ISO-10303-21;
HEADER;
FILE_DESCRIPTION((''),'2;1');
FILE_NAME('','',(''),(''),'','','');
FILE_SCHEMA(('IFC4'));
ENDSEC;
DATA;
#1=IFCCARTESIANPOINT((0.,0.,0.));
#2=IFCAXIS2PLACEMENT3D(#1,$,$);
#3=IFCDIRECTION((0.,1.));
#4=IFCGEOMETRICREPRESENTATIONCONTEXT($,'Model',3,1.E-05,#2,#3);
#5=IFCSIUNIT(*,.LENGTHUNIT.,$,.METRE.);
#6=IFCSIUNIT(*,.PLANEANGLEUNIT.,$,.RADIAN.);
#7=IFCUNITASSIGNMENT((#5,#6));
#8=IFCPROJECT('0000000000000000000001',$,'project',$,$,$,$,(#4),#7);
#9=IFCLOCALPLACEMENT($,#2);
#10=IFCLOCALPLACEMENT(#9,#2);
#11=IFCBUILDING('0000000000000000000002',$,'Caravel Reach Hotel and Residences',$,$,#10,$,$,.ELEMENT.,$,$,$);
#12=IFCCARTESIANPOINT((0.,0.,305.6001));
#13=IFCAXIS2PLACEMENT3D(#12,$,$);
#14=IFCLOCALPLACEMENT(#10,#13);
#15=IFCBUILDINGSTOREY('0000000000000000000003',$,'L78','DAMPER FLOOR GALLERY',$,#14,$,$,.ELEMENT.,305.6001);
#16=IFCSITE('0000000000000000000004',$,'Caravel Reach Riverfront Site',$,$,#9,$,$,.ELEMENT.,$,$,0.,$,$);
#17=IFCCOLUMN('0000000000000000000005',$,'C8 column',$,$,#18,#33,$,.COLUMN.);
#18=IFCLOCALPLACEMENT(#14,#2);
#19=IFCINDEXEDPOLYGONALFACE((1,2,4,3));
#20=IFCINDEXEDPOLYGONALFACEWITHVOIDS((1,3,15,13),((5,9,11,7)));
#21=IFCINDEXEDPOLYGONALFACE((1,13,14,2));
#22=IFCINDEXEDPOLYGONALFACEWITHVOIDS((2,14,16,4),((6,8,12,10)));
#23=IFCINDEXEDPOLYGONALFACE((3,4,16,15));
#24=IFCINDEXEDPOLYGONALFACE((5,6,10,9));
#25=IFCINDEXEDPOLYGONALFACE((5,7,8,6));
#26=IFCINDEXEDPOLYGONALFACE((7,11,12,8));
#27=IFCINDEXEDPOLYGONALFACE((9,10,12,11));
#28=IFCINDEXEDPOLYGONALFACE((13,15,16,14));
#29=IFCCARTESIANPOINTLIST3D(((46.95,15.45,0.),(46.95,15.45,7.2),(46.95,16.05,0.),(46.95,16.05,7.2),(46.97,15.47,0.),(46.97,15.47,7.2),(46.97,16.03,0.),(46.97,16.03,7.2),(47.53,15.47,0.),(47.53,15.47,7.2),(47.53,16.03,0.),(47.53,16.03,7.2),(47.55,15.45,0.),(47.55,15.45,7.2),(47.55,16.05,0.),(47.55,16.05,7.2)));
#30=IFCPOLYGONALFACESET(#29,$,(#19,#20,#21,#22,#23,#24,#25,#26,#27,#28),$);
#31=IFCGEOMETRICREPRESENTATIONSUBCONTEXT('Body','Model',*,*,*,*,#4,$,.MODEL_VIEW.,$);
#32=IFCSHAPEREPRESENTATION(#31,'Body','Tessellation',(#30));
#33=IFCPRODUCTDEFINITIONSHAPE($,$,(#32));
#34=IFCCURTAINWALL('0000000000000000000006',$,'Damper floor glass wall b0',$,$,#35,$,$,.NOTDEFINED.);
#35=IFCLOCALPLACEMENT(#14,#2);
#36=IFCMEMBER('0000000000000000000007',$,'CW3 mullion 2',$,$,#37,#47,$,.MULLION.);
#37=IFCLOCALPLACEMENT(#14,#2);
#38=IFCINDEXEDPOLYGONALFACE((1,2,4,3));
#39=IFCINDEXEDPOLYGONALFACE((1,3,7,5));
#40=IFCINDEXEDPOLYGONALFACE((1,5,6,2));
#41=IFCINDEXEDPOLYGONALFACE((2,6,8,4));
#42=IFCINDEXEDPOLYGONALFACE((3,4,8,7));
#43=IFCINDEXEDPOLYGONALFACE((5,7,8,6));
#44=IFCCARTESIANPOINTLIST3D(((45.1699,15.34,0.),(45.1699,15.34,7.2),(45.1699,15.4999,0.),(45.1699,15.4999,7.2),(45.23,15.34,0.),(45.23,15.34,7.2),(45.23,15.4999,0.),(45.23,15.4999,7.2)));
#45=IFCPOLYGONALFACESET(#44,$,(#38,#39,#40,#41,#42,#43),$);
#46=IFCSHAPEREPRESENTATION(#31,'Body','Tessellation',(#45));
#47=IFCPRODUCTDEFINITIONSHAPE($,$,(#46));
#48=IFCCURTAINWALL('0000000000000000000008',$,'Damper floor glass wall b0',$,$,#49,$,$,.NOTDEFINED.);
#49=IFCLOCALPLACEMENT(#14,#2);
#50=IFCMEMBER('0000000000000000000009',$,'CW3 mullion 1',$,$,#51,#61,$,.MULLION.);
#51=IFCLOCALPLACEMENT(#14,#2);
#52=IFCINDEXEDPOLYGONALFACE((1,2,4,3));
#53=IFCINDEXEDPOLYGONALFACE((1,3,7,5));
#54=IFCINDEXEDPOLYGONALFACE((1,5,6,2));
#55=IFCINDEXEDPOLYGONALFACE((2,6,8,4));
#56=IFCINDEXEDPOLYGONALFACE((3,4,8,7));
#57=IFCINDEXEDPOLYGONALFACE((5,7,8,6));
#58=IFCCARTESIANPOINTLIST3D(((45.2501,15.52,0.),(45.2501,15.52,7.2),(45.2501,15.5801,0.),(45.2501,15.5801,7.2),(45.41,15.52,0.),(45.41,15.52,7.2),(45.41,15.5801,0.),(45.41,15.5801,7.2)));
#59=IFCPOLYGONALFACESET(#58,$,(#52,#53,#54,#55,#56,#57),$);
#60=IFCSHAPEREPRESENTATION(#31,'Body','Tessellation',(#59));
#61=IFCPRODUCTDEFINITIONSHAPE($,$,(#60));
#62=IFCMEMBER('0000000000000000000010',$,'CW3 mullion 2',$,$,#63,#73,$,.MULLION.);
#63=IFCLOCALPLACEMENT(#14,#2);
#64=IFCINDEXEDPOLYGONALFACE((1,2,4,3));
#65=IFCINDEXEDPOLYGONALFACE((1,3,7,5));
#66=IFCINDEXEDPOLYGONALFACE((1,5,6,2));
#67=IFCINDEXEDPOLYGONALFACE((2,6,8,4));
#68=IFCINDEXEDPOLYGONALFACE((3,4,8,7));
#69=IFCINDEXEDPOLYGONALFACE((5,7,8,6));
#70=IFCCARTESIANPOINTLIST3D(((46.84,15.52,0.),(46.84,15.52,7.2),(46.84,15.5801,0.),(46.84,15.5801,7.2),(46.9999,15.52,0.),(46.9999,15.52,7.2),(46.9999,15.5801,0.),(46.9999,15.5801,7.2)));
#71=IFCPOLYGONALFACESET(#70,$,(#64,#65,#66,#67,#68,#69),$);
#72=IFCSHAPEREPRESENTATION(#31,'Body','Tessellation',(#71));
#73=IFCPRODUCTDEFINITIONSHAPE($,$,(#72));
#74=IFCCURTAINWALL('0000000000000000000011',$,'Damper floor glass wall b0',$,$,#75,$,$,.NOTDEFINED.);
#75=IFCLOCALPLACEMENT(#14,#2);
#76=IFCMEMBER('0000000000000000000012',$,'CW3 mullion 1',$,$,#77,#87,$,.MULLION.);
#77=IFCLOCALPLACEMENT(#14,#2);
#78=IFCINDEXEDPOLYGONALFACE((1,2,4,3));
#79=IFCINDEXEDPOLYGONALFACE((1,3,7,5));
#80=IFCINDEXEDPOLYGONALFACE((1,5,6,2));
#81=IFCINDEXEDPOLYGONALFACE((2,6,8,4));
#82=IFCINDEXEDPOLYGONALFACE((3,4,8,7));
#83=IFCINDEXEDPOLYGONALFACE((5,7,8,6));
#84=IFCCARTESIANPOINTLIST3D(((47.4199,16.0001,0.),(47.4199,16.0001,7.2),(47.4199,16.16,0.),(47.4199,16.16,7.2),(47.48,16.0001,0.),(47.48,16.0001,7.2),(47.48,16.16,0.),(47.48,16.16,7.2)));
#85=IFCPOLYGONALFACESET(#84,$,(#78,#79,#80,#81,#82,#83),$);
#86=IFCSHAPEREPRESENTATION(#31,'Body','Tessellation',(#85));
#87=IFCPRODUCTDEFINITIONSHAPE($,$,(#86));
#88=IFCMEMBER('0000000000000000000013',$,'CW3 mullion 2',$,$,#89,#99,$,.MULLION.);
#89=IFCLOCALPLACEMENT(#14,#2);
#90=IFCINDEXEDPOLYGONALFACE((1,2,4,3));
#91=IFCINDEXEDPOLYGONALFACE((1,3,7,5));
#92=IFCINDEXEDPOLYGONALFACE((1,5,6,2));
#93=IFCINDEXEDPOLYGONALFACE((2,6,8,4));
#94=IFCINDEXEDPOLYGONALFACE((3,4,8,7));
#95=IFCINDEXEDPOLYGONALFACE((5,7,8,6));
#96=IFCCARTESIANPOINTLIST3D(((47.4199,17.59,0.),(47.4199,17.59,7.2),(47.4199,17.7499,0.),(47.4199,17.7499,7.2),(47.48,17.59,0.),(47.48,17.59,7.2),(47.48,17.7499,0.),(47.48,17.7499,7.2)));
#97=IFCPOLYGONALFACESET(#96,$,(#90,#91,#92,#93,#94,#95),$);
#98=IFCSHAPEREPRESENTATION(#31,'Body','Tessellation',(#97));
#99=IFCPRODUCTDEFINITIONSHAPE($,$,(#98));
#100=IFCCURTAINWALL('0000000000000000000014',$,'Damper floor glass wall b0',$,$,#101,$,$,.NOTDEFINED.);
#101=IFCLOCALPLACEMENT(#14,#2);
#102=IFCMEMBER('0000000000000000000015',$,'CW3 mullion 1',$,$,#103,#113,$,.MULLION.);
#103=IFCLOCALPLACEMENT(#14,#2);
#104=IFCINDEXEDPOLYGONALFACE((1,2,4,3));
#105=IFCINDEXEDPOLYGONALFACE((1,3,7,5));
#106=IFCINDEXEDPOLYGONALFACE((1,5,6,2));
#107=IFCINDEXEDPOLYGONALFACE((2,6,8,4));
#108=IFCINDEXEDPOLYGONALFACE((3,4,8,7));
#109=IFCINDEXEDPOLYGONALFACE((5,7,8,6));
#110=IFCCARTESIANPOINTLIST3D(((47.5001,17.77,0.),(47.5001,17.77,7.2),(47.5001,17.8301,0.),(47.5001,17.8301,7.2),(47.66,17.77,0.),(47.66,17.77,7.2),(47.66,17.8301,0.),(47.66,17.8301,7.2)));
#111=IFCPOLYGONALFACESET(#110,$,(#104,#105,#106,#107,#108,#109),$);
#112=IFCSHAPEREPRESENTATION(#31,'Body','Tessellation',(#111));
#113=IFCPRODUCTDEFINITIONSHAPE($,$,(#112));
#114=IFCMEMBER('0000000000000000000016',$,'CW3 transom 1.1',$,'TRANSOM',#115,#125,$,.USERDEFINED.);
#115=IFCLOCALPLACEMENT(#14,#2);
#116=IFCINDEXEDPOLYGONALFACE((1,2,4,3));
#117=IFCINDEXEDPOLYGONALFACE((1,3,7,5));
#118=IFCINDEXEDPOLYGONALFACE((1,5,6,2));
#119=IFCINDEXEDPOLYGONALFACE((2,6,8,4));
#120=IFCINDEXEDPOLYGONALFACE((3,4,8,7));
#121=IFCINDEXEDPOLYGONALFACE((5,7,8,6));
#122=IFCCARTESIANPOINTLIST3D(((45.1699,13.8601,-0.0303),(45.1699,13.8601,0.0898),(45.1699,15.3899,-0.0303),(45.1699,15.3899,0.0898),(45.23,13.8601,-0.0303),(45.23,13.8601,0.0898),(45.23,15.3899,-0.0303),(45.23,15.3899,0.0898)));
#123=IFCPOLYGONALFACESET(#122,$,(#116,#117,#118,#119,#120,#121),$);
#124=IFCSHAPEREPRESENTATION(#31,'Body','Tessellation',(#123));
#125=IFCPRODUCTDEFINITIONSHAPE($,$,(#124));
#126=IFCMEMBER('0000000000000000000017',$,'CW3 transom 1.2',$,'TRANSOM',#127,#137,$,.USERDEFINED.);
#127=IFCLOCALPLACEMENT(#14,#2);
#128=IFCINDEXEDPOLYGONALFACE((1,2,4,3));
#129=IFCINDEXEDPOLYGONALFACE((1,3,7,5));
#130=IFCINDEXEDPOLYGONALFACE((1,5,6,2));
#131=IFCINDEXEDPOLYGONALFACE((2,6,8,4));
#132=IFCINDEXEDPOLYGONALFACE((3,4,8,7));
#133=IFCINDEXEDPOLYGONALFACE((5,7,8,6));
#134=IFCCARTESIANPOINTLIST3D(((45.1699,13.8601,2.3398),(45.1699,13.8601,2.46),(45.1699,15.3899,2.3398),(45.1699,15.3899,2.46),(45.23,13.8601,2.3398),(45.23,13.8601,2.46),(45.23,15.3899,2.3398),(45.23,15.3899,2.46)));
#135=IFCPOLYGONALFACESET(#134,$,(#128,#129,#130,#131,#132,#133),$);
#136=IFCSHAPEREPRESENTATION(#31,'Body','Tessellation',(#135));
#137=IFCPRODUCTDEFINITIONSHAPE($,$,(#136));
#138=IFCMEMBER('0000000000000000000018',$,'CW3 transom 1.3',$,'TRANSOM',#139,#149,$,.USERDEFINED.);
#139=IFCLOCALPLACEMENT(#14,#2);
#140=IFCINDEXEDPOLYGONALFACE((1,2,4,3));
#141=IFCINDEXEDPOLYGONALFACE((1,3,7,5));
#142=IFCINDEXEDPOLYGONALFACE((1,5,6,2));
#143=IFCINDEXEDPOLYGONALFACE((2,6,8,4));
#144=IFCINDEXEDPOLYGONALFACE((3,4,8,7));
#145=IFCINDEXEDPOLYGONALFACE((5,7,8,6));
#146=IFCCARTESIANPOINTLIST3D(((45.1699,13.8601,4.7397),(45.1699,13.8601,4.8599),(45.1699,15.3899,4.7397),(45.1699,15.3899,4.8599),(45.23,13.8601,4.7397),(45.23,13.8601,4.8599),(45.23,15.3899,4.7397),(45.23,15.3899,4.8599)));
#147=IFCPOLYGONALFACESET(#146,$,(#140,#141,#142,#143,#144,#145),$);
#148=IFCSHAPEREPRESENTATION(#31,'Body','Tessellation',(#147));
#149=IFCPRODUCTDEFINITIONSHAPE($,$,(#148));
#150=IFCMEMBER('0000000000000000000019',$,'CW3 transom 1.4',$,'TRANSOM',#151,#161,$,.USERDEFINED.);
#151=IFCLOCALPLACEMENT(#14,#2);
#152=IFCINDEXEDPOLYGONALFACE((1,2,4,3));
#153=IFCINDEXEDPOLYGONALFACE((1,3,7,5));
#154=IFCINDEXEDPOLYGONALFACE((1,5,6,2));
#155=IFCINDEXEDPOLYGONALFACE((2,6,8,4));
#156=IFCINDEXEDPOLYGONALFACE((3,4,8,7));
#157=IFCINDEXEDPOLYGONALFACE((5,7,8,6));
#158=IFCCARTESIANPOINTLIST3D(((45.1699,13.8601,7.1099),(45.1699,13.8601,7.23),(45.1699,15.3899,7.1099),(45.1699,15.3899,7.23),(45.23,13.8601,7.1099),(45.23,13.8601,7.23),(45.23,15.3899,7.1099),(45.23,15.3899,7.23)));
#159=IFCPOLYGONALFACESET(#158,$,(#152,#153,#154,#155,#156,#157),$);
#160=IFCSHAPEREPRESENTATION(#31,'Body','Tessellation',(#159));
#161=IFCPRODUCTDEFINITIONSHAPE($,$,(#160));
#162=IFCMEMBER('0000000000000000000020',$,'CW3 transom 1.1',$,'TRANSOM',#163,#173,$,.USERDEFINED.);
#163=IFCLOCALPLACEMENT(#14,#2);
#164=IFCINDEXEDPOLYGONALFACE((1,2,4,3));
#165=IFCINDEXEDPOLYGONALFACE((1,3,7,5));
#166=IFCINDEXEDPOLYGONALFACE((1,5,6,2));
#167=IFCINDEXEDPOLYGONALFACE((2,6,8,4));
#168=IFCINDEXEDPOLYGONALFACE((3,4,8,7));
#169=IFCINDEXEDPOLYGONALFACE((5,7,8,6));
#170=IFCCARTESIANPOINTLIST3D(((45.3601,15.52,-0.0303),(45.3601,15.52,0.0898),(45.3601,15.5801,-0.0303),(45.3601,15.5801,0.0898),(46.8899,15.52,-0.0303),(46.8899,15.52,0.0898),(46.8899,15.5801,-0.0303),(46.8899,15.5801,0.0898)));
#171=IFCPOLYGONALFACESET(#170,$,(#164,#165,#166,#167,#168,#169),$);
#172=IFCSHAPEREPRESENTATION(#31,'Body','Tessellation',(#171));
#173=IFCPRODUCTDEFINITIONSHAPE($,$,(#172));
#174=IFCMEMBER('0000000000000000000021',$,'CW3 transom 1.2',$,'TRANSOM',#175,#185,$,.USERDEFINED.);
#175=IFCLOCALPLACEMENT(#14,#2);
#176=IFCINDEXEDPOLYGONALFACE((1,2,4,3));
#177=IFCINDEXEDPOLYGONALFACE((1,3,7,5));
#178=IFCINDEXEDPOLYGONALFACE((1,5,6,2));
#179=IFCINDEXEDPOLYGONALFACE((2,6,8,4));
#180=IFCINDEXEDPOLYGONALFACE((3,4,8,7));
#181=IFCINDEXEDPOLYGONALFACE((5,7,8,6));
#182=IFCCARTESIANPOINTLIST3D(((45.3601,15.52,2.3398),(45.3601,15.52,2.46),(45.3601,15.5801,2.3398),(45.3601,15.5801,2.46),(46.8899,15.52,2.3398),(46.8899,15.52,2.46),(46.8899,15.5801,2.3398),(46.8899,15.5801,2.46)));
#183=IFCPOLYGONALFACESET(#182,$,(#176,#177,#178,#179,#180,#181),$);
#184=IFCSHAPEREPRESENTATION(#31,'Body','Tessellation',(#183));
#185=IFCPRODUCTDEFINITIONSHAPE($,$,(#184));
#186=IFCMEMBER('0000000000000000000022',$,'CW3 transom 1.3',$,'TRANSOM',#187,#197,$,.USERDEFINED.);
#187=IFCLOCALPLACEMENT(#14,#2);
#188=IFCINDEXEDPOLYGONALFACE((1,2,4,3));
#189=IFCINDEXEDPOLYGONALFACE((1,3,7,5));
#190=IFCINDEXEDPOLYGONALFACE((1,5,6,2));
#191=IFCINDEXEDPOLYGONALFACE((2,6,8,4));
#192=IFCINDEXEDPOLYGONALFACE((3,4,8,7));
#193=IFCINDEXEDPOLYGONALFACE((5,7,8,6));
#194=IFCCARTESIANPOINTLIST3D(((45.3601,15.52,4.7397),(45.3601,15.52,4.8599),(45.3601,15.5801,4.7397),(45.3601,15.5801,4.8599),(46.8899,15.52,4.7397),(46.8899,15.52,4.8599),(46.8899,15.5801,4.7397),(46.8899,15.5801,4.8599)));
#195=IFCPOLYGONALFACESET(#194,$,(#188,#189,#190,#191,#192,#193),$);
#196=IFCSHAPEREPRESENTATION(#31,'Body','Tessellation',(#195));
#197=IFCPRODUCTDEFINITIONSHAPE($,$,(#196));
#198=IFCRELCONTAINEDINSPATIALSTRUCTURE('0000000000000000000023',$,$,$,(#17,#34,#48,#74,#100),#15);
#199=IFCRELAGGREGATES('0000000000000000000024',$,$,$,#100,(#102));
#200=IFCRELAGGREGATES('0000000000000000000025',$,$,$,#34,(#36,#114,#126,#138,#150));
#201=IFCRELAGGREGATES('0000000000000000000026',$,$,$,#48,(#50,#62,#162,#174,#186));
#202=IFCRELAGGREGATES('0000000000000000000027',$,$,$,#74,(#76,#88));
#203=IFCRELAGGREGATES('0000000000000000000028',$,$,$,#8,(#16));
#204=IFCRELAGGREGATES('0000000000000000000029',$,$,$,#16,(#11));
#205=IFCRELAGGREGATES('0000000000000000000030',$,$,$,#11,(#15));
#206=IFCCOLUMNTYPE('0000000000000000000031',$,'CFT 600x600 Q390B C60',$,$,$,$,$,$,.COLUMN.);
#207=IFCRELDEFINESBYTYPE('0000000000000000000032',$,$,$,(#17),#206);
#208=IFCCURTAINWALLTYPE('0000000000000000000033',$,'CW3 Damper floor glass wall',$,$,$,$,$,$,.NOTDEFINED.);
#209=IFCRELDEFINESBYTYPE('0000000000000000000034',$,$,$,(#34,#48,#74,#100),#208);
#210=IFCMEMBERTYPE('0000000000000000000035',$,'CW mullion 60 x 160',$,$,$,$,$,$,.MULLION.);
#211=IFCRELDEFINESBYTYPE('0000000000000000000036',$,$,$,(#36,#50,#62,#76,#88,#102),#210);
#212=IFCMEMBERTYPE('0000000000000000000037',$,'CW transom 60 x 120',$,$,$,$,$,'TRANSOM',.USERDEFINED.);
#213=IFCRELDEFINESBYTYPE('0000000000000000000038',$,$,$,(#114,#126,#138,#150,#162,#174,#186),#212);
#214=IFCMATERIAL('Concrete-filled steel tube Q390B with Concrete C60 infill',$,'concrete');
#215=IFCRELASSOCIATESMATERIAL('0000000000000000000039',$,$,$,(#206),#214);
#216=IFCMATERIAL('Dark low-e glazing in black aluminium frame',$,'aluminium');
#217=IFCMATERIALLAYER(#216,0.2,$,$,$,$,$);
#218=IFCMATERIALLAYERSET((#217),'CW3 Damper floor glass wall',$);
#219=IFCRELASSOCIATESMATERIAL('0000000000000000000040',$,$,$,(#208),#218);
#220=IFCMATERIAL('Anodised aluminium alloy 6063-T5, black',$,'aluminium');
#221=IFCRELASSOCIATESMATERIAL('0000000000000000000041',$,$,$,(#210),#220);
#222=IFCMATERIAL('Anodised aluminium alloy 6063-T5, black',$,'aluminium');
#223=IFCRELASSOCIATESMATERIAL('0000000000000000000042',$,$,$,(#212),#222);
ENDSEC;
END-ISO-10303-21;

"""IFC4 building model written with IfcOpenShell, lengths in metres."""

from ifc_helpers import new_model, si_unit, direction, frame, origin, origin_2d, place, context, subcontext, project, spatial, rectangle, hollow_rectangle, extrude, material, layer, layer_set, material_profile, profile_set, type_object, element, aggregate, save


model = new_model("IFC4")

# Units and contexts
model_context = context("Model", 3, precision=1e-05, world=origin(), true_north=direction((0.0, 1.0)))
body_context = subcontext(model_context, "Body", "Model", "MODEL_VIEW")
ifc_project = project(units=[si_unit("LENGTHUNIT", "METRE"), si_unit("PLANEANGLEUNIT", "RADIAN")], contexts=[model_context])

# Site, building, storey
site_placement = place(None, origin())
site = spatial("IfcSite", under=ifc_project, at=site_placement, Name="Caravel Reach Riverfront Site", CompositionType="ELEMENT", RefElevation=0.0)
building_placement = place(site_placement, origin())
building = spatial("IfcBuilding", under=site, at=building_placement, Name="Caravel Reach Hotel and Residences", CompositionType="ELEMENT")
storey_placement = place(building_placement, frame((0.0, 0.0, 305.6001)))
storey = spatial("IfcBuildingStorey", under=building, at=storey_placement, Name="L78", Description="DAMPER FLOOR GALLERY", CompositionType="ELEMENT", Elevation=305.6001)

# Column
ifc_material_1 = material(Name="Concrete-filled steel tube Q390B with Concrete C60 infill", Category="concrete")
ifc_material_profile_1 = material_profile(ifc_material_1, hollow_rectangle(XDim=0.6001, YDim=0.6001, WallThickness=0.02, at=origin_2d()), Name="RHS 600x600x20")
ifc_profile_set_1 = profile_set([ifc_material_profile_1], Name="Concrete-filled steel tube Q390B with Concrete C60 infill")
column_type = type_object("IfcColumnType", Name="CFT 600x600 Q390B C60", PredefinedType="COLUMN", material=ifc_profile_set_1)
column_placement = place(storey_placement, frame((47.25, 15.75, 0.0), z_axis=(0.0, 0.0, 1.0), x_axis=(1.0, 0.0, 0.0)))
element("IfcColumn", 1, at=column_placement, inside=storey, type_object=column_type, Name="C8 column", PredefinedType="COLUMN", context=body_context, shape_type="SweptSolid", body=[
    extrude(hollow_rectangle(XDim=0.6001, YDim=0.6001, WallThickness=0.02, at=origin_2d()), origin(), (0.0, 0.0, 1.0), 7.2),
])

# Curtain wall, member
ifc_material_2 = material(Name="Dark low-e glazing in black aluminium frame", Category="aluminium")
ifc_layer_1 = layer(ifc_material_2, 0.2)
ifc_layer_set_1 = layer_set([ifc_layer_1], Name="CW3 Damper floor glass wall")
curtain_wall_type = type_object("IfcCurtainWallType", Name="CW3 Damper floor glass wall", PredefinedType="NOTDEFINED", material=ifc_layer_set_1)
curtain_wall_1_placement = place(storey_placement, origin())
curtain_wall_1 = element("IfcCurtainWall", 2, at=curtain_wall_1_placement, inside=storey, type_object=curtain_wall_type, Name="Damper floor glass wall b0", PredefinedType="NOTDEFINED")
ifc_material_3 = material(Name="Anodised aluminium alloy 6063-T5, black", Category="aluminium")
ifc_material_profile_2 = material_profile(ifc_material_3, rectangle(XDim=0.0601, YDim=0.1599, at=origin_2d()), Name="CW mullion 60 x 160")
ifc_profile_set_2 = profile_set([ifc_material_profile_2], Name="Anodised aluminium alloy 6063-T5, black")
member_type_1 = type_object("IfcMemberType", Name="CW mullion 60 x 160", PredefinedType="MULLION", material=ifc_profile_set_2)
member_1_placement = place(storey_placement, frame((45.2, 15.4199, 0.0), z_axis=(0.0, 0.0, 1.0), x_axis=(-1.0, 0.0, 0.0)))
member_1 = element("IfcMember", 3, at=member_1_placement, type_object=member_type_1, Name="CW3 mullion 2", PredefinedType="MULLION", context=body_context, shape_type="SweptSolid", body=[
    extrude(rectangle(XDim=0.0601, YDim=0.1599, at=origin_2d()), origin(), (0.0, 0.0, 1.0), 7.2),
])

# Curtain walls, members
curtain_wall_2_placement = place(storey_placement, origin())
curtain_wall_2 = element("IfcCurtainWall", 4, at=curtain_wall_2_placement, inside=storey, type_object=curtain_wall_type, Name="Damper floor glass wall b0", PredefinedType="NOTDEFINED")
member_2_placement = place(storey_placement, frame((45.3301, 15.55, 0.0), z_axis=(0.0, 0.0, 1.0), x_axis=(0.0, 1.0, 0.0)))
member_2 = element("IfcMember", 5, at=member_2_placement, type_object=member_type_1, Name="CW3 mullion 1", PredefinedType="MULLION", context=body_context, shape_type="SweptSolid", body=[
    extrude(rectangle(XDim=0.0601, YDim=0.1599, at=origin_2d()), origin(), (0.0, 0.0, 1.0), 7.2),
])
member_3_placement = place(storey_placement, frame((46.9199, 15.55, 0.0), z_axis=(0.0, 0.0, 1.0), x_axis=(0.0, 1.0, 0.0)))
member_3 = element("IfcMember", 6, at=member_3_placement, type_object=member_type_1, Name="CW3 mullion 2", PredefinedType="MULLION", context=body_context, shape_type="SweptSolid", body=[
    extrude(rectangle(XDim=0.0601, YDim=0.1599, at=origin_2d()), origin(), (0.0, 0.0, 1.0), 7.2),
])
curtain_wall_3_placement = place(storey_placement, origin())
curtain_wall_3 = element("IfcCurtainWall", 7, at=curtain_wall_3_placement, inside=storey, type_object=curtain_wall_type, Name="Damper floor glass wall b0", PredefinedType="NOTDEFINED")
member_4_placement = place(storey_placement, frame((47.45, 16.0801, 0.0), z_axis=(0.0, 0.0, 1.0), x_axis=(-1.0, 0.0, 0.0)))
member_4 = element("IfcMember", 8, at=member_4_placement, type_object=member_type_1, Name="CW3 mullion 1", PredefinedType="MULLION", context=body_context, shape_type="SweptSolid", body=[
    extrude(rectangle(XDim=0.0601, YDim=0.1599, at=origin_2d()), origin(), (0.0, 0.0, 1.0), 7.2),
])
member_5_placement = place(storey_placement, frame((47.45, 17.6699, 0.0), z_axis=(0.0, 0.0, 1.0), x_axis=(-1.0, 0.0, 0.0)))
member_5 = element("IfcMember", 9, at=member_5_placement, type_object=member_type_1, Name="CW3 mullion 2", PredefinedType="MULLION", context=body_context, shape_type="SweptSolid", body=[
    extrude(rectangle(XDim=0.0601, YDim=0.1599, at=origin_2d()), origin(), (0.0, 0.0, 1.0), 7.2),
])

# Curtain wall, member
curtain_wall_4_placement = place(storey_placement, origin())
curtain_wall_4 = element("IfcCurtainWall", 10, at=curtain_wall_4_placement, inside=storey, type_object=curtain_wall_type, Name="Damper floor glass wall b0", PredefinedType="NOTDEFINED")
member_6_placement = place(storey_placement, frame((47.5801, 17.8, 0.0), z_axis=(0.0, 0.0, 1.0), x_axis=(0.0, 1.0, 0.0)))
member_6 = element("IfcMember", 11, at=member_6_placement, type_object=member_type_1, Name="CW3 mullion 1", PredefinedType="MULLION", context=body_context, shape_type="SweptSolid", body=[
    extrude(rectangle(XDim=0.0601, YDim=0.1599, at=origin_2d()), origin(), (0.0, 0.0, 1.0), 7.2),
])
aggregate(curtain_wall_4, [member_6])

# Members
ifc_material_4 = material(Name="Anodised aluminium alloy 6063-T5, black", Category="aluminium")
ifc_material_profile_3 = material_profile(ifc_material_4, rectangle(XDim=0.0601, YDim=0.1201, at=origin_2d()), Name="CW transom 60 x 120")
ifc_profile_set_3 = profile_set([ifc_material_profile_3], Name="Anodised aluminium alloy 6063-T5, black")
member_type_2 = type_object("IfcMemberType", Name="CW transom 60 x 120", ElementType="TRANSOM", PredefinedType="USERDEFINED", material=ifc_profile_set_3)
member_7_placement = place(storey_placement, frame((45.2, 13.8601, 0.0298), z_axis=(0.0, 1.0, 0.0), x_axis=(-1.0, 0.0, 0.0)))
member_7 = element("IfcMember", 12, at=member_7_placement, type_object=member_type_2, Name="CW3 transom 1.1", ObjectType="TRANSOM", PredefinedType="USERDEFINED", context=body_context, shape_type="SweptSolid", body=[
    extrude(rectangle(XDim=0.0601, YDim=0.1201, at=origin_2d()), origin(), (0.0, 0.0, 1.0), 1.5298),
])
member_8_placement = place(storey_placement, frame((45.2, 13.8601, 2.3999), z_axis=(0.0, 1.0, 0.0), x_axis=(-1.0, 0.0, 0.0)))
member_8 = element("IfcMember", 13, at=member_8_placement, type_object=member_type_2, Name="CW3 transom 1.2", ObjectType="TRANSOM", PredefinedType="USERDEFINED", context=body_context, shape_type="SweptSolid", body=[
    extrude(rectangle(XDim=0.0601, YDim=0.1201, at=origin_2d()), origin(), (0.0, 0.0, 1.0), 1.5298),
])
member_9_placement = place(storey_placement, frame((45.2, 13.8601, 4.7998), z_axis=(0.0, 1.0, 0.0), x_axis=(-1.0, 0.0, 0.0)))
member_9 = element("IfcMember", 14, at=member_9_placement, type_object=member_type_2, Name="CW3 transom 1.3", ObjectType="TRANSOM", PredefinedType="USERDEFINED", context=body_context, shape_type="SweptSolid", body=[
    extrude(rectangle(XDim=0.0601, YDim=0.1201, at=origin_2d()), origin(), (0.0, 0.0, 1.0), 1.5298),
])
member_10_placement = place(storey_placement, frame((45.2, 13.8601, 7.1699), z_axis=(0.0, 1.0, 0.0), x_axis=(-1.0, 0.0, 0.0)))
member_10 = element("IfcMember", 15, at=member_10_placement, type_object=member_type_2, Name="CW3 transom 1.4", ObjectType="TRANSOM", PredefinedType="USERDEFINED", context=body_context, shape_type="SweptSolid", body=[
    extrude(rectangle(XDim=0.0601, YDim=0.1201, at=origin_2d()), origin(), (0.0, 0.0, 1.0), 1.5298),
])
member_11_placement = place(storey_placement, frame((45.3601, 15.55, 0.0298), z_axis=(1.0, 0.0, 0.0), x_axis=(0.0, 1.0, 0.0)))
member_11 = element("IfcMember", 16, at=member_11_placement, type_object=member_type_2, Name="CW3 transom 1.1", ObjectType="TRANSOM", PredefinedType="USERDEFINED", context=body_context, shape_type="SweptSolid", body=[
    extrude(rectangle(XDim=0.0601, YDim=0.1201, at=origin_2d()), origin(), (0.0, 0.0, 1.0), 1.5298),
])
member_12_placement = place(storey_placement, frame((45.3601, 15.55, 2.3999), z_axis=(1.0, 0.0, 0.0), x_axis=(0.0, 1.0, 0.0)))
member_12 = element("IfcMember", 17, at=member_12_placement, type_object=member_type_2, Name="CW3 transom 1.2", ObjectType="TRANSOM", PredefinedType="USERDEFINED", context=body_context, shape_type="SweptSolid", body=[
    extrude(rectangle(XDim=0.0601, YDim=0.1201, at=origin_2d()), origin(), (0.0, 0.0, 1.0), 1.5298),
])
member_13_placement = place(storey_placement, frame((45.3601, 15.55, 4.7998), z_axis=(1.0, 0.0, 0.0), x_axis=(0.0, 1.0, 0.0)))
member_13 = element("IfcMember", 18, at=member_13_placement, type_object=member_type_2, Name="CW3 transom 1.3", ObjectType="TRANSOM", PredefinedType="USERDEFINED", context=body_context, shape_type="SweptSolid", body=[
    extrude(rectangle(XDim=0.0601, YDim=0.1201, at=origin_2d()), origin(), (0.0, 0.0, 1.0), 1.5298),
])

aggregate(curtain_wall_1, [member_1, member_7, member_8, member_9, member_10])
aggregate(curtain_wall_2, [member_2, member_3, member_11, member_12, member_13])
aggregate(curtain_wall_3, [member_4, member_5])

save(model, "model.ifc")
